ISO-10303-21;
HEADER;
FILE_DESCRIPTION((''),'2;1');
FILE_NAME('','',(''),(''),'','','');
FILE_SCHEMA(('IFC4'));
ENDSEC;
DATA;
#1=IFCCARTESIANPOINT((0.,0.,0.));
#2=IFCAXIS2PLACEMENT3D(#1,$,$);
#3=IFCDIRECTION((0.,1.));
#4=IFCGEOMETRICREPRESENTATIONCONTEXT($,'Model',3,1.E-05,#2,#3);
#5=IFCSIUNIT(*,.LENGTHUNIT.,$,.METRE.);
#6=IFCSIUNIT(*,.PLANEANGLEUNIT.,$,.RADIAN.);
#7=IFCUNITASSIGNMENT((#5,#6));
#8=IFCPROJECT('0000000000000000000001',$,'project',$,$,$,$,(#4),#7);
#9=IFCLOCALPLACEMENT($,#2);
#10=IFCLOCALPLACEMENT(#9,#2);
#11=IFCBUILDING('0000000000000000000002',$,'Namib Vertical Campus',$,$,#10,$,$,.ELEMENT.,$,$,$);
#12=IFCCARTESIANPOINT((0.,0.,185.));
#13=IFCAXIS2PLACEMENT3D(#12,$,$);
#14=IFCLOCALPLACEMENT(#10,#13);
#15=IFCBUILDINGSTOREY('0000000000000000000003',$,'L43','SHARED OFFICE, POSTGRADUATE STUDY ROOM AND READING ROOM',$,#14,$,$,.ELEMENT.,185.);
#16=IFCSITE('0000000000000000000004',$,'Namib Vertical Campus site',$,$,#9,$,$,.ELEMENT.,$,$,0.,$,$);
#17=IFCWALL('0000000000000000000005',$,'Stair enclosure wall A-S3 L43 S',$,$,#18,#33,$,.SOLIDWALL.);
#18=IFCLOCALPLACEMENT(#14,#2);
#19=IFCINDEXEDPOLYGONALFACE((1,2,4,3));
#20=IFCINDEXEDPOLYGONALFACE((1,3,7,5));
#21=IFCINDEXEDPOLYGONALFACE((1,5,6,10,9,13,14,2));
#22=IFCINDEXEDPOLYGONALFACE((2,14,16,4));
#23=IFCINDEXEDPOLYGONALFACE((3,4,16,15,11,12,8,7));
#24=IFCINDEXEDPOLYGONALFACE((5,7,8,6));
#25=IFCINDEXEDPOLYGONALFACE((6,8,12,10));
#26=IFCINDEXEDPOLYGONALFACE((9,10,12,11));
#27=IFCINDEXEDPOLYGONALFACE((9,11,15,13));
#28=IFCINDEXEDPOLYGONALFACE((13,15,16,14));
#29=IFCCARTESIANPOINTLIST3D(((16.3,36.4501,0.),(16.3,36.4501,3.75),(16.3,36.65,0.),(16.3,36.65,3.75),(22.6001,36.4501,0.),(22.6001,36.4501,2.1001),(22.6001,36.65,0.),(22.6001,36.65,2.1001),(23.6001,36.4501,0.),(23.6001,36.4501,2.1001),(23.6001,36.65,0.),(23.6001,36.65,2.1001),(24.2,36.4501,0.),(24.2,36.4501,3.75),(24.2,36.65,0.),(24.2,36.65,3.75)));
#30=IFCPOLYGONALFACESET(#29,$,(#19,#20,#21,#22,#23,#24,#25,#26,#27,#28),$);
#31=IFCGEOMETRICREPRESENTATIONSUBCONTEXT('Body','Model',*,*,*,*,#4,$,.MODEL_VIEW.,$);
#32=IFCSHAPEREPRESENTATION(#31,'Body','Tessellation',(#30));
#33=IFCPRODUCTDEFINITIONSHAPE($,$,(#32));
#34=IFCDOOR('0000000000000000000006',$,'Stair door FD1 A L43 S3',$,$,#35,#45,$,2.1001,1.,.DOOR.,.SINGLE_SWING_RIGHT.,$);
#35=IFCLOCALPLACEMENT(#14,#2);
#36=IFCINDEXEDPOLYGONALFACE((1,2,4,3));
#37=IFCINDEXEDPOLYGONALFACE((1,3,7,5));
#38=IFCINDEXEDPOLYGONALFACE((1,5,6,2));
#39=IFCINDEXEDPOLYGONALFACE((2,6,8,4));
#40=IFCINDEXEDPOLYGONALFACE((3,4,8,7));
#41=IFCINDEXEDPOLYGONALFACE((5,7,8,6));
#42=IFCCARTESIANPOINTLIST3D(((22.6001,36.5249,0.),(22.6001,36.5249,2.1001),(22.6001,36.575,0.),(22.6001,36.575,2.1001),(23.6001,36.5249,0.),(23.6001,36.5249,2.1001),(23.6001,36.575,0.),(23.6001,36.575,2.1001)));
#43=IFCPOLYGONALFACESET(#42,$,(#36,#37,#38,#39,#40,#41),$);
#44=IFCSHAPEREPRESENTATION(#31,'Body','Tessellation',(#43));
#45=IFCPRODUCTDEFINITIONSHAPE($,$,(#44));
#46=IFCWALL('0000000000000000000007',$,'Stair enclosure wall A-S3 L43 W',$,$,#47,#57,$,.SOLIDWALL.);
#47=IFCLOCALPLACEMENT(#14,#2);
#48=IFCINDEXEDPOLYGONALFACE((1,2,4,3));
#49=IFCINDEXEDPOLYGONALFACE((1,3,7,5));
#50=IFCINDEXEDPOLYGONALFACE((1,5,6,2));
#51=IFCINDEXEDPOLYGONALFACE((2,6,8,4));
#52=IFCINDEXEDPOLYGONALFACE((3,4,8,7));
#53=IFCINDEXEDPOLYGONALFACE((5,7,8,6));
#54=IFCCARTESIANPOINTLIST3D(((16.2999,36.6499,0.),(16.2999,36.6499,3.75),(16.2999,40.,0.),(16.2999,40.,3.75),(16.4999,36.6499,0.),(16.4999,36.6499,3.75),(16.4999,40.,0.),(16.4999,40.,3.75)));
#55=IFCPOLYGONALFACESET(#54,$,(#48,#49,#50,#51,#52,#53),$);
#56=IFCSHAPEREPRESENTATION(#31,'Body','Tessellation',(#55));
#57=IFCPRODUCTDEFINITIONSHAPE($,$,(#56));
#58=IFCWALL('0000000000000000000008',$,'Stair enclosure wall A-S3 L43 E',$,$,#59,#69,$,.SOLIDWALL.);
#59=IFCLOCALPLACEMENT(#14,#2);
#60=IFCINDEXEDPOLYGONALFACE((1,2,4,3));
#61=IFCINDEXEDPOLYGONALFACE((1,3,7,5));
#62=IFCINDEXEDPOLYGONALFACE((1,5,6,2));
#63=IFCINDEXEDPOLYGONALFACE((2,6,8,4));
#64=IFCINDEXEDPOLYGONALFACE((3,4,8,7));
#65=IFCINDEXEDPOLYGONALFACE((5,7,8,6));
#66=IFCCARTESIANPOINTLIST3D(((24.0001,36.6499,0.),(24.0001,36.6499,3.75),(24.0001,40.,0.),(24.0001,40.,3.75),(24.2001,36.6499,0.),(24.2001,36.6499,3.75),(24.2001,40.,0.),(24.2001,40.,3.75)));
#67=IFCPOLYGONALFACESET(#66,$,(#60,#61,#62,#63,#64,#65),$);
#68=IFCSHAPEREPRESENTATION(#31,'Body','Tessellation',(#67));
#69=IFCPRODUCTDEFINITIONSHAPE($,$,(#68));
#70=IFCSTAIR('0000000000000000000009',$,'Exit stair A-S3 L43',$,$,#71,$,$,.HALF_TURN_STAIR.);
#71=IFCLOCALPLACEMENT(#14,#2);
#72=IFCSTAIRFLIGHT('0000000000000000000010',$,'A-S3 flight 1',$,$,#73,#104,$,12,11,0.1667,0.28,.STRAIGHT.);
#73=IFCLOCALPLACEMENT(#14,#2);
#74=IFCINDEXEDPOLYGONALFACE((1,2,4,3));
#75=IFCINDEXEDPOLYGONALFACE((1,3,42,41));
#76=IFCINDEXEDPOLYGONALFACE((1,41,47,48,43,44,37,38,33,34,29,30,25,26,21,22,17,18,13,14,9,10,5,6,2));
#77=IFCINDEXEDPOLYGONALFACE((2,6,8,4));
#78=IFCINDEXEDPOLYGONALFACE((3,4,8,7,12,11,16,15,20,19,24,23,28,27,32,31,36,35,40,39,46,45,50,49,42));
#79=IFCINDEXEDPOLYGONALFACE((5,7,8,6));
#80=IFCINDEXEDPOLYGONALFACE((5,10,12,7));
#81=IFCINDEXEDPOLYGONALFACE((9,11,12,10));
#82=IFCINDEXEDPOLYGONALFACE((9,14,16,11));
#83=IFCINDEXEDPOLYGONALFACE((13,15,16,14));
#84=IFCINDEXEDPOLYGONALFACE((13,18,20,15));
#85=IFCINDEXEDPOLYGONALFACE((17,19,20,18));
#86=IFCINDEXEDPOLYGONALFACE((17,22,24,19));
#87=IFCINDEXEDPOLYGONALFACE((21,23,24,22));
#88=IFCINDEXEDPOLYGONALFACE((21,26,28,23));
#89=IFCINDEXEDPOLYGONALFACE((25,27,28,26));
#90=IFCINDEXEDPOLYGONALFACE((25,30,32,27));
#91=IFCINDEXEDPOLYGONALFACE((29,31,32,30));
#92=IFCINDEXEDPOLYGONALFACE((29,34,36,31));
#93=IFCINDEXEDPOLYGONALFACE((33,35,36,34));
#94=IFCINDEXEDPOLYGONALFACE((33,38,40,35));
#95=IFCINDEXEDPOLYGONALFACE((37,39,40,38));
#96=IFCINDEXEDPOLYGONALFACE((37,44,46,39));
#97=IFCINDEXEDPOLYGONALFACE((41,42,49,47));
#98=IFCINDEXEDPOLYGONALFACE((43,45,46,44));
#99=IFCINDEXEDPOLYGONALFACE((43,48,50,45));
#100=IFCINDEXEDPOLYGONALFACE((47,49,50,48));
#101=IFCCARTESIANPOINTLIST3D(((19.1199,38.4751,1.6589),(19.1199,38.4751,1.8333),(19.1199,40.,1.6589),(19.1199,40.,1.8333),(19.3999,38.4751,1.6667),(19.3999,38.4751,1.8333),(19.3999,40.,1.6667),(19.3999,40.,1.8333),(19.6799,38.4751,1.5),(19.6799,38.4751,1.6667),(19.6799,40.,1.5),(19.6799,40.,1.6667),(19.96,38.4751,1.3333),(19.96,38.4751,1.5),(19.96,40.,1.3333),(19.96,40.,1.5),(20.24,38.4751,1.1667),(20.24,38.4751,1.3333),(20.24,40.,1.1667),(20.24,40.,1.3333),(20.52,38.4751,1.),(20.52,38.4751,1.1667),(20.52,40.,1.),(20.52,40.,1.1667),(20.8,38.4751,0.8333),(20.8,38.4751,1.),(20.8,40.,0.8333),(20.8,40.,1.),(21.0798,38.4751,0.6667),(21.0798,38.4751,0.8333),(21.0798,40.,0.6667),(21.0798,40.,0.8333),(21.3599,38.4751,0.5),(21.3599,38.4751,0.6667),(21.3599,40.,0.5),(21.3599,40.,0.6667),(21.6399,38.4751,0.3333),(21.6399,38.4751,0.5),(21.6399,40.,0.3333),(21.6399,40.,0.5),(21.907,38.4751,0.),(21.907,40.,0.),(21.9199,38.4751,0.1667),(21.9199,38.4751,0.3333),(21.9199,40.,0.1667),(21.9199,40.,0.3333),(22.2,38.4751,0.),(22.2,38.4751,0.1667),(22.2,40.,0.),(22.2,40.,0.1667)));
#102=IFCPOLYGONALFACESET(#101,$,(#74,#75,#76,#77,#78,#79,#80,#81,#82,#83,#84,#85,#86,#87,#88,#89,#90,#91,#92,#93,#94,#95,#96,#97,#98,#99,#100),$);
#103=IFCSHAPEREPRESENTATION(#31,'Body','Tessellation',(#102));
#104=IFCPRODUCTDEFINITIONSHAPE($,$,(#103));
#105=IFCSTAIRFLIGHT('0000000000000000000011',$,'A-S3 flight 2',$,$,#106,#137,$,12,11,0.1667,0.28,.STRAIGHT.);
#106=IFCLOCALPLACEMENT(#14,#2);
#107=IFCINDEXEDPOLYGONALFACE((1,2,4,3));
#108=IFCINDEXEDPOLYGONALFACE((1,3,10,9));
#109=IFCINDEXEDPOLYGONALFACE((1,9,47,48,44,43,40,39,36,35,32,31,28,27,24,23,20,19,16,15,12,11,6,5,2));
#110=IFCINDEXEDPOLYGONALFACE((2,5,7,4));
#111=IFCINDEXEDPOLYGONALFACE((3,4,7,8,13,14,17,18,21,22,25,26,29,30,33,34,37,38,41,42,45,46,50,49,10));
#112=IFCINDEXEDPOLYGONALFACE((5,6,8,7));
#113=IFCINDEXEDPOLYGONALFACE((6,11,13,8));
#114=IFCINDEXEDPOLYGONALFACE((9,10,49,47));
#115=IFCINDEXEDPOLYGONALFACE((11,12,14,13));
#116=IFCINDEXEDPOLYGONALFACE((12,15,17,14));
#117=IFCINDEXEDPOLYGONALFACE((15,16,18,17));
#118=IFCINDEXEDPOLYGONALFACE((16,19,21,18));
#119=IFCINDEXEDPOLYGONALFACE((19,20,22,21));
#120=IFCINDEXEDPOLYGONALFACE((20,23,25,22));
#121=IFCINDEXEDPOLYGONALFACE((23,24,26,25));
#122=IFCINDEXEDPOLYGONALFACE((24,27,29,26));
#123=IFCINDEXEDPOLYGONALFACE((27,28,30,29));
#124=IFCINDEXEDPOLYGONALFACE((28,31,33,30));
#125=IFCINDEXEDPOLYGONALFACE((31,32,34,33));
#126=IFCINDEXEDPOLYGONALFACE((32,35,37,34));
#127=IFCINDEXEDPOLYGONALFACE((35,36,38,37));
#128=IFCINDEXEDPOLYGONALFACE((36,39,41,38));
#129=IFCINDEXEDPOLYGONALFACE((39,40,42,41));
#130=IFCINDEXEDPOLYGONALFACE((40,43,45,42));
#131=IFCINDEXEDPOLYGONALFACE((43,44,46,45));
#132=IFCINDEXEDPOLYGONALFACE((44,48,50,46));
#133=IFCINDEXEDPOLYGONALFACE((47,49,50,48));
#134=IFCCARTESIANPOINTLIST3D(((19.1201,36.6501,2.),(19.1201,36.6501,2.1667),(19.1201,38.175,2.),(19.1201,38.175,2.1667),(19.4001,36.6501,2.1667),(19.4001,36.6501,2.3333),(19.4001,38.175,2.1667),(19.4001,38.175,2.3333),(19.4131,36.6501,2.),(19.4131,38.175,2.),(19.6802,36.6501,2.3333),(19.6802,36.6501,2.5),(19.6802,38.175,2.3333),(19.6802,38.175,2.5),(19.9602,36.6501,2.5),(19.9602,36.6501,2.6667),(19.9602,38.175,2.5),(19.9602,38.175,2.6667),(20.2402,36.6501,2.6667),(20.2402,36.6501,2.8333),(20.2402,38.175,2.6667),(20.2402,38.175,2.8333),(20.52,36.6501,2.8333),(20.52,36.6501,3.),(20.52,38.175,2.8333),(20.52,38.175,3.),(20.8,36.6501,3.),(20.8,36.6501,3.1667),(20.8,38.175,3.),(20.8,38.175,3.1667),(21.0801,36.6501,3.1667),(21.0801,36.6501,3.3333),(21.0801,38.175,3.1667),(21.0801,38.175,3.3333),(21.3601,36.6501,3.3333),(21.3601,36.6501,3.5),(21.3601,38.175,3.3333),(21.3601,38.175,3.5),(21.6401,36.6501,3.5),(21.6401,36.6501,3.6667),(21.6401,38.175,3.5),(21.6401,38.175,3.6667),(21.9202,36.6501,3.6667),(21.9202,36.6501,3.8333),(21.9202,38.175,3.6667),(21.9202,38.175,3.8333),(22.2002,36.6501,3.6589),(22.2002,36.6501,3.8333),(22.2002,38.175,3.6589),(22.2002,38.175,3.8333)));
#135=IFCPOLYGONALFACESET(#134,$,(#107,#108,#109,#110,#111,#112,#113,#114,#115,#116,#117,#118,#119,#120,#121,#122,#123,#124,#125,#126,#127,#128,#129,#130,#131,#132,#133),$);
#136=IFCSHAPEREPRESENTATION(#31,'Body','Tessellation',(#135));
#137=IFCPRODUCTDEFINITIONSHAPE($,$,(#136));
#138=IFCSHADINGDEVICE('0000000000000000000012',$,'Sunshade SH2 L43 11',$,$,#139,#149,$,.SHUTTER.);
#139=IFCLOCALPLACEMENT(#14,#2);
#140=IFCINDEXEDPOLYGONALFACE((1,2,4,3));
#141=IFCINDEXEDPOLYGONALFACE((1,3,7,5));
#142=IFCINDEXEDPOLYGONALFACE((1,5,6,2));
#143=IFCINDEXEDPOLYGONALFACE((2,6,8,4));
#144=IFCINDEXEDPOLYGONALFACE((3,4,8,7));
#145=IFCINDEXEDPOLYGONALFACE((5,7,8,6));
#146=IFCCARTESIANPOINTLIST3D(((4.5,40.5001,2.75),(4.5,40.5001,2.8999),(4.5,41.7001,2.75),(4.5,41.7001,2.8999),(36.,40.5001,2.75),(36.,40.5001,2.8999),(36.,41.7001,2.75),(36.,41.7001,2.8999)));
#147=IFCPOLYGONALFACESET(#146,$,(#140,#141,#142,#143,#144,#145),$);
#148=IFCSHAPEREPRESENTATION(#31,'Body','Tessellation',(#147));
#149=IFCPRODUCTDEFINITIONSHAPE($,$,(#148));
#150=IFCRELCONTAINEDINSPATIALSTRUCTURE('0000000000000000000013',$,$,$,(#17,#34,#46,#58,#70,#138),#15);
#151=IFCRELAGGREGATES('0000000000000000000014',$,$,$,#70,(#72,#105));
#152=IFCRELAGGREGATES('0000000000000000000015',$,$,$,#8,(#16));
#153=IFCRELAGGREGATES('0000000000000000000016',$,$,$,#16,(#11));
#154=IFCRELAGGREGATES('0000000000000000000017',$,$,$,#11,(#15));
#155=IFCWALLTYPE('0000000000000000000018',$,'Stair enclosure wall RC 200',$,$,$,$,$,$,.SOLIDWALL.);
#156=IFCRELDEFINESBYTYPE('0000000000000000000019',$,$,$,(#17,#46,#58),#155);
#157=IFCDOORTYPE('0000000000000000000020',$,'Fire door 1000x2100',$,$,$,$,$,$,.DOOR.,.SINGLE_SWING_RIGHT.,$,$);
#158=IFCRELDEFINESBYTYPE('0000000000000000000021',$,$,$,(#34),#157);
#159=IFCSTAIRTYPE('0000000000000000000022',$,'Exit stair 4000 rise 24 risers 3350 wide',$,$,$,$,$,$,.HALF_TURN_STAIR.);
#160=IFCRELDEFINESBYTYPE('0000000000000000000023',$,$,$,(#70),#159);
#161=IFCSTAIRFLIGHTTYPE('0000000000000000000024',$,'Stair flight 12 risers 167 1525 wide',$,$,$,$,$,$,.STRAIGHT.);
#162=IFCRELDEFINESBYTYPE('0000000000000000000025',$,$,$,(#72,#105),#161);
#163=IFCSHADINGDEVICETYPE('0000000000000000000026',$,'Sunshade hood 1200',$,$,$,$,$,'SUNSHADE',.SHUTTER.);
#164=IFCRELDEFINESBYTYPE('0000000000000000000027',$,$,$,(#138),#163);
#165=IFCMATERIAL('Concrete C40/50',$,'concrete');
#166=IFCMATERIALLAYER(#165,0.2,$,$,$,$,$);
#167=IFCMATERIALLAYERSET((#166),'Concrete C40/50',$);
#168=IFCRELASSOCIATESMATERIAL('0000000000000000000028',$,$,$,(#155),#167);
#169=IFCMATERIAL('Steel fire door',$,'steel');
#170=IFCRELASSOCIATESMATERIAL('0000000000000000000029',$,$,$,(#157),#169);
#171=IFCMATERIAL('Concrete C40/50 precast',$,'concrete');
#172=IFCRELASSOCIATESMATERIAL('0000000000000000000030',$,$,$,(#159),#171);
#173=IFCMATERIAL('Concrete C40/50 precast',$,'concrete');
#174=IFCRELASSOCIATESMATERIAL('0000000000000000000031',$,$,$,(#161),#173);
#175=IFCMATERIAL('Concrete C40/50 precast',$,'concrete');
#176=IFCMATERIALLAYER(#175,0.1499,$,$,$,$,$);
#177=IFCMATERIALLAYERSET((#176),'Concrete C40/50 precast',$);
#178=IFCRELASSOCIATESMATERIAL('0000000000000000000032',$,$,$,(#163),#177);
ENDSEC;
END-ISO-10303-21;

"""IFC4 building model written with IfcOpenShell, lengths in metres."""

from ifc_helpers import new_model, si_unit, direction, frame, frame_2d, origin, origin_2d, place, context, subcontext, project, spatial, polyline, rectangle, outline, extrude, material, layer, layer_set, type_object, element, fill, aggregate, save


model = new_model("IFC4")

# Units and contexts
model_context = context("Model", 3, precision=1e-05, world=origin(), true_north=direction((0.0, 1.0)))
body_context = subcontext(model_context, "Body", "Model", "MODEL_VIEW")
ifc_project = project(units=[si_unit("LENGTHUNIT", "METRE"), si_unit("PLANEANGLEUNIT", "RADIAN")], contexts=[model_context])

# Site, building, storey
site_placement = place(None, origin())
site = spatial("IfcSite", under=ifc_project, at=site_placement, Name="Namib Vertical Campus site", CompositionType="ELEMENT", RefElevation=0.0)
building_placement = place(site_placement, origin())
building = spatial("IfcBuilding", under=site, at=building_placement, Name="Namib Vertical Campus", CompositionType="ELEMENT")
storey_placement = place(building_placement, frame((0.0, 0.0, 185.0)))
storey = spatial("IfcBuildingStorey", under=building, at=storey_placement, Name="L43", Description="SHARED OFFICE, POSTGRADUATE STUDY ROOM AND READING ROOM", CompositionType="ELEMENT", Elevation=185.0)

# Wall, opening, door
ifc_material_1 = material(Name="Concrete C40/50", Category="concrete")
ifc_layer_1 = layer(ifc_material_1, 0.2)
ifc_layer_set_1 = layer_set([ifc_layer_1], Name="Concrete C40/50")
wall_type_1 = type_object("IfcWallType", Name="Stair enclosure wall RC 200", PredefinedType="SOLIDWALL", material=ifc_layer_set_1)
wall_1_placement = place(storey_placement, frame((16.3, 36.55, 0.0), z_axis=(0.0, 0.0, 1.0), x_axis=(1.0, 0.0, 0.0)))
wall_1 = element("IfcWall", 1, at=wall_1_placement, inside=storey, type_object=wall_type_1, Name="Stair enclosure wall A-S3 L43 S", PredefinedType="SOLIDWALL", context=body_context, shape_type="SweptSolid", body=[
    extrude(rectangle(XDim=7.8999, YDim=0.2, at=frame_2d((3.95, 0.0))), origin(), (0.0, 0.0, 1.0), 3.75),
])
opening_placement = place(wall_1_placement, frame((6.3, 0.0, 0.0)))
opening = element("IfcOpeningElement", 2, at=opening_placement, cuts=wall_1, PredefinedType="OPENING", context=body_context, shape_type="SweptSolid", body=[
    extrude(rectangle(XDim=1.0, YDim=2.1001, at=frame_2d((0.5, 1.05))), frame((0.0, 0.1099, 0.0), z_axis=(0.0, -1.0, 0.0), x_axis=(1.0, 0.0, 0.0)), (0.0, 0.0, 1.0), 0.22),
])
ifc_material_2 = material(Name="Steel fire door", Category="steel")
door_type = type_object("IfcDoorType", Name="Fire door 1000x2100", OperationType="SINGLE_SWING_RIGHT", PredefinedType="DOOR", material=ifc_material_2)
door_placement = place(opening_placement, origin())
door = element("IfcDoor", 3, at=door_placement, inside=storey, type_object=door_type, Name="Stair door FD1 A L43 S3", OperationType="SINGLE_SWING_RIGHT", OverallHeight=2.1001, OverallWidth=1.0, PredefinedType="DOOR", context=body_context, shape_type="SweptSolid", body=[
    extrude(rectangle(XDim=1.0, YDim=2.1001, at=frame_2d((0.5, 1.05))), frame((0.0, 0.0249, 0.0), z_axis=(0.0, -1.0, 0.0), x_axis=(1.0, 0.0, 0.0)), (0.0, 0.0, 1.0), 0.05),
])
fill(opening, door)

# Walls
for number, where, z_axis, x_axis, name in (
    (4, (16.3999, 36.6499, 0.0), (0.0, 0.0, 1.0), (0.0, 1.0, 0.0), "Stair enclosure wall A-S3 L43 W"),
    (5, (24.1001, 36.6499, 0.0), (0.0, 0.0, 1.0), (0.0, 1.0, 0.0), "Stair enclosure wall A-S3 L43 E"),
):
    element("IfcWall", number, at=place(storey_placement, frame(where, z_axis=z_axis, x_axis=x_axis)), inside=storey, type_object=wall_type_1, Name=name, PredefinedType="SOLIDWALL", context=body_context, shape_type="SweptSolid", body=[
        extrude(rectangle(XDim=3.3501, YDim=0.2, at=frame_2d((1.675, 0.0))), origin(), (0.0, 0.0, 1.0), 3.75),
    ])

# Stair, stair flights
ifc_material_3 = material(Name="Concrete C40/50 precast", Category="concrete")
stair_type = type_object("IfcStairType", Name="Exit stair 4000 rise 24 risers 3350 wide", PredefinedType="HALF_TURN_STAIR", material=ifc_material_3)
stair_placement = place(storey_placement, origin())
stair = element("IfcStair", 6, at=stair_placement, inside=storey, type_object=stair_type, Name="Exit stair A-S3 L43", PredefinedType="HALF_TURN_STAIR")
ifc_material_4 = material(Name="Concrete C40/50 precast", Category="concrete")
stair_flight_type = type_object("IfcStairFlightType", Name="Stair flight 12 risers 167 1525 wide", PredefinedType="STRAIGHT", material=ifc_material_4)
stair_flight_1_placement = place(storey_placement, frame((22.2, 39.2375, 0.0), z_axis=(0.0, 0.0, 1.0), x_axis=(-1.0, 0.0, 0.0)))
stair_flight_1 = element("IfcStairFlight", 7, at=stair_flight_1_placement, type_object=stair_flight_type, Name="A-S3 flight 1", NumberOfRisers=12, NumberOfTreads=11, PredefinedType="STRAIGHT", RiserHeight=0.1667, TreadLength=0.28, context=body_context, shape_type="SweptSolid", body=[
    extrude(outline(polyline([(0.0, 0.0), (0.0, 0.1667), (0.28, 0.1667), (0.28, 0.3333), (0.5601, 0.3333), (0.5601, 0.5), (0.8401, 0.5), (0.8401, 0.6667), (1.1201, 0.6667), (1.1201, 0.8333), (1.3999, 0.8333), (1.3999, 1.0), (1.6799, 1.0), (1.6799, 1.1667), (1.96, 1.1667), (1.96, 1.3333), (2.24, 1.3333), (2.24, 1.5), (2.52, 1.5), (2.52, 1.6667), (2.8, 1.6667), (2.8, 1.8333), (3.0801, 1.8333), (3.0801, 2.0), (3.0801, 1.6589), (0.293, 0.0), (0.0, 0.0)])), frame((0.0, 0.7625, 0.0), z_axis=(0.0, -1.0, 0.0), x_axis=(1.0, 0.0, 0.0)), (0.0, 0.0, 1.0), 1.5249),
])
stair_flight_2_placement = place(storey_placement, frame((19.1201, 37.4126, 2.0), z_axis=(0.0, 0.0, 1.0), x_axis=(1.0, 0.0, 0.0)))
stair_flight_2 = element("IfcStairFlight", 8, at=stair_flight_2_placement, type_object=stair_flight_type, Name="A-S3 flight 2", NumberOfRisers=12, NumberOfTreads=11, PredefinedType="STRAIGHT", RiserHeight=0.1667, TreadLength=0.28, context=body_context, shape_type="SweptSolid", body=[
    extrude(outline(polyline([(0.0, 0.0), (0.0, 0.1667), (0.28, 0.1667), (0.28, 0.3333), (0.5601, 0.3333), (0.5601, 0.5), (0.8401, 0.5), (0.8401, 0.6667), (1.1201, 0.6667), (1.1201, 0.8333), (1.3999, 0.8333), (1.3999, 1.0), (1.6799, 1.0), (1.6799, 1.1667), (1.96, 1.1667), (1.96, 1.3333), (2.24, 1.3333), (2.24, 1.5), (2.52, 1.5), (2.52, 1.6667), (2.8, 1.6667), (2.8, 1.8333), (3.0801, 1.8333), (3.0801, 2.0), (3.0801, 1.6589), (0.293, 0.0), (0.0, 0.0)])), frame((0.0, 0.7625, 0.0), z_axis=(0.0, -1.0, 0.0), x_axis=(1.0, 0.0, 0.0)), (0.0, 0.0, 1.0), 1.5249),
])
aggregate(stair, [stair_flight_1, stair_flight_2])

# Shading device
ifc_material_5 = material(Name="Concrete C40/50 precast", Category="concrete")
ifc_layer_2 = layer(ifc_material_5, 0.1499)
ifc_layer_set_2 = layer_set([ifc_layer_2], Name="Concrete C40/50 precast")
shading_device_type = type_object("IfcShadingDeviceType", Name="Sunshade hood 1200", ElementType="SUNSHADE", PredefinedType="SHUTTER", material=ifc_layer_set_2)
shading_device_placement = place(storey_placement, frame((20.25, 41.1001, 2.75), z_axis=(0.0, 0.0, 1.0), x_axis=(-1.0, 0.0, 0.0)))
element("IfcShadingDevice", 9, at=shading_device_placement, inside=storey, type_object=shading_device_type, Name="Sunshade SH2 L43 11", PredefinedType="SHUTTER", context=body_context, shape_type="SweptSolid", body=[
    extrude(rectangle(XDim=31.5, YDim=1.2, at=origin_2d()), origin(), (0.0, 0.0, 1.0), 0.1499),
])

save(model, "model.ifc")
